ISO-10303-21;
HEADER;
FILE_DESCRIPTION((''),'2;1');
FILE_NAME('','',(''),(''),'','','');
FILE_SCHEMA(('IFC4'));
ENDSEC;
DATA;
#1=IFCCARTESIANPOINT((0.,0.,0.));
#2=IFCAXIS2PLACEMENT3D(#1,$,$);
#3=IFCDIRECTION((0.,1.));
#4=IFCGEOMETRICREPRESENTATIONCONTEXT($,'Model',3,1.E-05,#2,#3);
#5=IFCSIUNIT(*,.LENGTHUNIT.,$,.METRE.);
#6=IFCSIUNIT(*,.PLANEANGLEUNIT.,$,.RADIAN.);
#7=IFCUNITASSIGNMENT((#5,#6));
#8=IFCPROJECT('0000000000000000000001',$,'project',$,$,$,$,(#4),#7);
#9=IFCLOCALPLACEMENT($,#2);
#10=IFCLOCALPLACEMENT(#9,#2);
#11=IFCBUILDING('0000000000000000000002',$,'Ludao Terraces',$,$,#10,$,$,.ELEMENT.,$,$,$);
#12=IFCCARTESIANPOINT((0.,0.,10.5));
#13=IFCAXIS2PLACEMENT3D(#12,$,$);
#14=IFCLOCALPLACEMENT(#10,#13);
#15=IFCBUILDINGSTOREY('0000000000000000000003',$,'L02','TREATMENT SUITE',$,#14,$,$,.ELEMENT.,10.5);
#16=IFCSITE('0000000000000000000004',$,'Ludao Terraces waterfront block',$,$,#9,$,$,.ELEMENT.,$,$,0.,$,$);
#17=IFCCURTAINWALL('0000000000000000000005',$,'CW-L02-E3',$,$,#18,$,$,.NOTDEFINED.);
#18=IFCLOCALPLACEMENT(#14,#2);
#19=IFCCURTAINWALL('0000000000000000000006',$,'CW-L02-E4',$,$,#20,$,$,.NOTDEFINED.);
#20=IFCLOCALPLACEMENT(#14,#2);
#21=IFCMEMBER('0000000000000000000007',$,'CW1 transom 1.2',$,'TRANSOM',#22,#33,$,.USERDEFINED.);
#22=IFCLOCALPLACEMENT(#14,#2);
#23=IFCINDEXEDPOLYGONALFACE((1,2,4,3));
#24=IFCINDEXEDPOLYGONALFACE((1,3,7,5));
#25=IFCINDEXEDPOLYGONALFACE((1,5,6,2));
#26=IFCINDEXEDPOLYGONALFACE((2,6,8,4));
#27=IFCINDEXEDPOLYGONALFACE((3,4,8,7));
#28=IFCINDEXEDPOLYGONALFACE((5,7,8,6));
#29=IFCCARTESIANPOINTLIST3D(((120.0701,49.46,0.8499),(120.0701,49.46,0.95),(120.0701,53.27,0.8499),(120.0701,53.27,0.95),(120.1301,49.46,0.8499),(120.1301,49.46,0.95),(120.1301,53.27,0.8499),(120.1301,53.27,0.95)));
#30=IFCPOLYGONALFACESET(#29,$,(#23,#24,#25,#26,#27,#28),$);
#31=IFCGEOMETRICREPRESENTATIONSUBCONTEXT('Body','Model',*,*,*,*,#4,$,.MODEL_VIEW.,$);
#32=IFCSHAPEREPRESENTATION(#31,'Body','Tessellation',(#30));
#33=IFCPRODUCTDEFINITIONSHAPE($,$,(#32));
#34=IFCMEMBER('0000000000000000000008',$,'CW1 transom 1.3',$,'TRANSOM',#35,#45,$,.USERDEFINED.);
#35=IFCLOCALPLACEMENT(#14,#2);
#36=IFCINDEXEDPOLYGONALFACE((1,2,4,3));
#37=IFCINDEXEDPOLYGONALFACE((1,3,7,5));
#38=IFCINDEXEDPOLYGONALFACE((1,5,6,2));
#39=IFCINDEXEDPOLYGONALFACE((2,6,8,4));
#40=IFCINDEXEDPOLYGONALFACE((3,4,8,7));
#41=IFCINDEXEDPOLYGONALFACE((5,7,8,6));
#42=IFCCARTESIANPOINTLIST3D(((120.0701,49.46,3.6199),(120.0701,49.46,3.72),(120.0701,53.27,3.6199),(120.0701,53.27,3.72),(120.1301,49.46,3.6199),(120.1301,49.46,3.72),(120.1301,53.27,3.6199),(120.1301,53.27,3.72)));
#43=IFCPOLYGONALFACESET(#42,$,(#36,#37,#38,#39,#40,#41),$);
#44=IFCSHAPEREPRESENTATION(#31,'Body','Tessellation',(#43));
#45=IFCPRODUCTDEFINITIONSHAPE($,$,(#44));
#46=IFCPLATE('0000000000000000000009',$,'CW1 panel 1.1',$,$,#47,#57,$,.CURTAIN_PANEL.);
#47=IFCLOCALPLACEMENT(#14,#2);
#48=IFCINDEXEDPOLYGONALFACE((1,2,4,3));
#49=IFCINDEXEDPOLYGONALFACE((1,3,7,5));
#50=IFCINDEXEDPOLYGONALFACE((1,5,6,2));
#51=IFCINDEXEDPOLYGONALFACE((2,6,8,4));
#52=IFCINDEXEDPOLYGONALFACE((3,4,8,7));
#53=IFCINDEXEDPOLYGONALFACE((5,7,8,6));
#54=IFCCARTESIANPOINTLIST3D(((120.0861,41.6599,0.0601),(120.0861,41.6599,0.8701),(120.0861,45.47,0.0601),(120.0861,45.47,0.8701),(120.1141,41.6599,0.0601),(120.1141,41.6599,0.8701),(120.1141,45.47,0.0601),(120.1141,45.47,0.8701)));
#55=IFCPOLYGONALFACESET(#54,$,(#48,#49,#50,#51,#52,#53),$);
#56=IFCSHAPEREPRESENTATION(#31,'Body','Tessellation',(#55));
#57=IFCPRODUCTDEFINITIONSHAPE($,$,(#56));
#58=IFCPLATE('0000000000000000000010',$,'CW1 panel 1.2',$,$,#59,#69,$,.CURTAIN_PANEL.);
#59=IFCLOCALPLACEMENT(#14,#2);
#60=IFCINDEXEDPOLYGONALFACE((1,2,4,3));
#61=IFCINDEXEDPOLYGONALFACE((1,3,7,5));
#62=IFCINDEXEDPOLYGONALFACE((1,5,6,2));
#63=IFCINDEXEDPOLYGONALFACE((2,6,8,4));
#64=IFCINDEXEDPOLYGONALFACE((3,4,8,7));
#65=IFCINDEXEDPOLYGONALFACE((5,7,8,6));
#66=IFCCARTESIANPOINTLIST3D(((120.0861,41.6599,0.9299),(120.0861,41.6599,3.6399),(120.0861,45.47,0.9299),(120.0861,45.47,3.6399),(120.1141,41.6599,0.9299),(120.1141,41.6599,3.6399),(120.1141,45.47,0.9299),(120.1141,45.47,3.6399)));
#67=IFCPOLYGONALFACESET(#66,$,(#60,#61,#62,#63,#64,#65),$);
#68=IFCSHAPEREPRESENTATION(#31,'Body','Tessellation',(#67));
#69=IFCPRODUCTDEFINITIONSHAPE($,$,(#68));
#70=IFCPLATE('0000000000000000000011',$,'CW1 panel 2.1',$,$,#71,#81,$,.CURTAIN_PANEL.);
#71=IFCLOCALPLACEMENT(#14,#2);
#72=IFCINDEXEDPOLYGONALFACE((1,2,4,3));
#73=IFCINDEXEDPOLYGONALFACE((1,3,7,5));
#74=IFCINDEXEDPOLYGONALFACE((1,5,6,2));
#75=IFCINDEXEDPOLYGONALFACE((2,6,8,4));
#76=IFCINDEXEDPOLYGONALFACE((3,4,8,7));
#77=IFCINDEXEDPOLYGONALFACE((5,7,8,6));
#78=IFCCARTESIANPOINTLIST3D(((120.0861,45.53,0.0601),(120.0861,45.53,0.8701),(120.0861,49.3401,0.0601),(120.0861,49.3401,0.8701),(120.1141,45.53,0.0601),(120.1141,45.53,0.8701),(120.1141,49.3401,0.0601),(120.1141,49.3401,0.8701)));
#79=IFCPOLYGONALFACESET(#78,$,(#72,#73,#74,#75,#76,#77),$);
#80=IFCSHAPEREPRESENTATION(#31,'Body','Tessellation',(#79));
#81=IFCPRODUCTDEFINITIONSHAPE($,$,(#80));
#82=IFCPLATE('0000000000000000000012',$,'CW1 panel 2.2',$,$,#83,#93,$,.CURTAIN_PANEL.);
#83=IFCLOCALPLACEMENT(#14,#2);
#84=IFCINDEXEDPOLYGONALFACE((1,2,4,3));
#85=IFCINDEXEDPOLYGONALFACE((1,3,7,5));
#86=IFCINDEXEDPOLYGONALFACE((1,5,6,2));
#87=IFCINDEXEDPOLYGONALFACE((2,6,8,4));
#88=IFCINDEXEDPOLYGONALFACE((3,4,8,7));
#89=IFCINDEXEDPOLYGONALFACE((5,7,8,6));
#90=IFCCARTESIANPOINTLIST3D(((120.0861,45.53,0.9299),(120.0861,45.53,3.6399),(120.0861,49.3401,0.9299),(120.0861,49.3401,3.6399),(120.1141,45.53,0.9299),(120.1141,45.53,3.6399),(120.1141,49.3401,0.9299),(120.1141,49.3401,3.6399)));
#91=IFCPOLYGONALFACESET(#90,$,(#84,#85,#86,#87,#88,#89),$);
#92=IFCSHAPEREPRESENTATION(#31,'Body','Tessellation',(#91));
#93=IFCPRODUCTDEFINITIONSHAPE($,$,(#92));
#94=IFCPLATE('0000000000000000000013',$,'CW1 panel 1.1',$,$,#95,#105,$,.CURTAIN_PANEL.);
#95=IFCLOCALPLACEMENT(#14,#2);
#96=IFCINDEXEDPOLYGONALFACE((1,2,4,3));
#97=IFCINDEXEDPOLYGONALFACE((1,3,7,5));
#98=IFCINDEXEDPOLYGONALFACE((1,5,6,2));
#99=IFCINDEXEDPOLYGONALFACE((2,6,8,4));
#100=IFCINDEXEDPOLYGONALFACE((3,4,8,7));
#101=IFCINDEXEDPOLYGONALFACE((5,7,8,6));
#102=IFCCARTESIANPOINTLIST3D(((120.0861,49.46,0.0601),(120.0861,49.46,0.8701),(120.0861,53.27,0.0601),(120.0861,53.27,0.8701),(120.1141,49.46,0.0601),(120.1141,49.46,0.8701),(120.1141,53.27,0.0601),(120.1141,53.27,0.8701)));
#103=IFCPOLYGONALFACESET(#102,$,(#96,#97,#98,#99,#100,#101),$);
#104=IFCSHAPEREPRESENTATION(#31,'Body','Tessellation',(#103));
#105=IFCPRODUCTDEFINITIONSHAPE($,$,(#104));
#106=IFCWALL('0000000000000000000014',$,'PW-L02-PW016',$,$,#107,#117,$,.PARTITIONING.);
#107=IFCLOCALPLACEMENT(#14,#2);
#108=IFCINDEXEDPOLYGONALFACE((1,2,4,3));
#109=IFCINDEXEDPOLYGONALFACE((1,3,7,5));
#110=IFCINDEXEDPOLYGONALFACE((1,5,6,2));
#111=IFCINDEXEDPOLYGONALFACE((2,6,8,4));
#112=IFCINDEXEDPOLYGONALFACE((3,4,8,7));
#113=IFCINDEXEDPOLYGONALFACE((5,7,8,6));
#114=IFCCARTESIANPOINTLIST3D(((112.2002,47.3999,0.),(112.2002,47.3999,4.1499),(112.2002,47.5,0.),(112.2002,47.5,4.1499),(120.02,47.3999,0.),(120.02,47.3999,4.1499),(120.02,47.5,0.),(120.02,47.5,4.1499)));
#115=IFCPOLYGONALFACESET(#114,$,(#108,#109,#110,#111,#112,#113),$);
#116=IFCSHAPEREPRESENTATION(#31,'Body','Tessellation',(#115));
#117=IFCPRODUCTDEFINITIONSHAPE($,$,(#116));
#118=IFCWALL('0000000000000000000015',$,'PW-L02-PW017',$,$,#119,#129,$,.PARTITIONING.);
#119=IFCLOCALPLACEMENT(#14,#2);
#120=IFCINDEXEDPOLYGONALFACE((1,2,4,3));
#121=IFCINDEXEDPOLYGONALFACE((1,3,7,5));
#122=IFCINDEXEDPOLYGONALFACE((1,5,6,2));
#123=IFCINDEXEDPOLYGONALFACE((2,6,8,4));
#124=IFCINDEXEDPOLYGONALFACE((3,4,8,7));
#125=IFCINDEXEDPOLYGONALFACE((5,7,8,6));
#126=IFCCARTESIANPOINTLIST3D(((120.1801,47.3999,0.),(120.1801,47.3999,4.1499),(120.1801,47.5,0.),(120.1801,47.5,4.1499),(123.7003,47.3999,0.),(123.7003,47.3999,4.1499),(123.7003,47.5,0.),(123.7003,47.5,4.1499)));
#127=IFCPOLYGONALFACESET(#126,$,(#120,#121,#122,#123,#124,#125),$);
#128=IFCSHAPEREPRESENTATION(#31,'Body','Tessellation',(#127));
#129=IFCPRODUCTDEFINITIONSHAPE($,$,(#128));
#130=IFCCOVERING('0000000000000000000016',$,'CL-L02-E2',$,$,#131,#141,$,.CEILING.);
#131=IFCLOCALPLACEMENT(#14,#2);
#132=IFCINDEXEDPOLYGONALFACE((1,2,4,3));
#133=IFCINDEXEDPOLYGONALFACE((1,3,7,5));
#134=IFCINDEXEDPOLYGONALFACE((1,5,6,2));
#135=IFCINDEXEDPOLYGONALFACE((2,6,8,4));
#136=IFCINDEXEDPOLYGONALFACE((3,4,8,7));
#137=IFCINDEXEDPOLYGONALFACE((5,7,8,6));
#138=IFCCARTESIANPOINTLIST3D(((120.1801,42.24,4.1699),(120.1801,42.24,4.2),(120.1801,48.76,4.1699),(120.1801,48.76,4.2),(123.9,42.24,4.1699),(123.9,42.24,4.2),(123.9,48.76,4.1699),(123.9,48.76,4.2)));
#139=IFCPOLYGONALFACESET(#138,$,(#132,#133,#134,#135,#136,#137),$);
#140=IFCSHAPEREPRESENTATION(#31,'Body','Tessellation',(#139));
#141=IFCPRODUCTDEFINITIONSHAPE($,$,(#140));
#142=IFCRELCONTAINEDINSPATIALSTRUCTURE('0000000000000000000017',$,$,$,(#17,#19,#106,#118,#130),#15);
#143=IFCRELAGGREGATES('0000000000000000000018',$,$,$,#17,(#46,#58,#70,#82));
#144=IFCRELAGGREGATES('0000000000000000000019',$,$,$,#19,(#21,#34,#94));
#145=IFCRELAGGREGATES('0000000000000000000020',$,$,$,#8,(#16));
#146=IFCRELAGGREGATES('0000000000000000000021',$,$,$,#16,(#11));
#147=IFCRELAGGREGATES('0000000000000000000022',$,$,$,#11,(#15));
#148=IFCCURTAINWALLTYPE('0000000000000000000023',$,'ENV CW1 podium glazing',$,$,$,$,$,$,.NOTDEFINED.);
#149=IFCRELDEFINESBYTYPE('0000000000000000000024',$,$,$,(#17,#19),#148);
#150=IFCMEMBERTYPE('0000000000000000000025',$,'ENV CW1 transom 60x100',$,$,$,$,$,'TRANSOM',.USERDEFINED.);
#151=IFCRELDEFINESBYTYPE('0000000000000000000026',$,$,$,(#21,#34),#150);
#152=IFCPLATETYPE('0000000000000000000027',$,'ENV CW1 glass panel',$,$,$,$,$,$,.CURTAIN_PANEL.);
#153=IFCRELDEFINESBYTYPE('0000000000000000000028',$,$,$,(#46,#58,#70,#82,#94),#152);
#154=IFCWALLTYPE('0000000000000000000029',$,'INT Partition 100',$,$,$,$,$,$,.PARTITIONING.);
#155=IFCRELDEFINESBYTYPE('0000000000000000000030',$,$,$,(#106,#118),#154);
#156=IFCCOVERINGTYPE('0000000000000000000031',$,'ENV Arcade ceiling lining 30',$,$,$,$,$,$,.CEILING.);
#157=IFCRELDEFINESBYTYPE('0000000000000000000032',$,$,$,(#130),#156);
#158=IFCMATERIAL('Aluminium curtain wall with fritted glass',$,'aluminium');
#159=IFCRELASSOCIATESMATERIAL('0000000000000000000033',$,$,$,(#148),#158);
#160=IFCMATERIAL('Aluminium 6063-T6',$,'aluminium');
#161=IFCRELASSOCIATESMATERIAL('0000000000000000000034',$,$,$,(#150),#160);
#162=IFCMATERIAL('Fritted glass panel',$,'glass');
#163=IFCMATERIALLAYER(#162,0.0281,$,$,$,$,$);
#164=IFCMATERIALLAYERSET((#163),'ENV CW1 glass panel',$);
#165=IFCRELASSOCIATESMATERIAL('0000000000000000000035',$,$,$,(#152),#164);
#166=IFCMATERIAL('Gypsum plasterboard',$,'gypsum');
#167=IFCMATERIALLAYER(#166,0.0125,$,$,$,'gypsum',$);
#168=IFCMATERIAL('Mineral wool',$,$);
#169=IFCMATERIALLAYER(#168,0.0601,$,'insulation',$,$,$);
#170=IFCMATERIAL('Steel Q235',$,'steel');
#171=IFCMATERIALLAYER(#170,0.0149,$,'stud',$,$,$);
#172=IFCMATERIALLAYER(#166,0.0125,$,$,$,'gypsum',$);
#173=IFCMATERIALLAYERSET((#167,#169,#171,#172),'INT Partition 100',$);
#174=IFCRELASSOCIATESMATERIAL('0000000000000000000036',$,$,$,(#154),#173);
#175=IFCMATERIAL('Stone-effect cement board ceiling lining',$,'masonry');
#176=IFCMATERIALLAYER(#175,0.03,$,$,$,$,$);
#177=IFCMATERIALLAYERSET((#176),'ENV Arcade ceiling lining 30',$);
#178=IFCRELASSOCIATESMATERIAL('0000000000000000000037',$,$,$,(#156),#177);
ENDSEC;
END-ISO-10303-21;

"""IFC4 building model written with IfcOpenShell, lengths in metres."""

from ifc_helpers import new_model, si_unit, direction, frame, frame_2d, origin, origin_2d, place, context, subcontext, project, spatial, rectangle, extrude, material, layer, layer_set, material_profile, profile_set, type_object, element, aggregate, save


model = new_model("IFC4")

# Units and contexts
model_context = context("Model", 3, precision=1e-05, world=origin(), true_north=direction((0.0, 1.0)))
body_context = subcontext(model_context, "Body", "Model", "MODEL_VIEW")
ifc_project = project(units=[si_unit("LENGTHUNIT", "METRE"), si_unit("PLANEANGLEUNIT", "RADIAN")], contexts=[model_context])

# Site, building, storey
site_placement = place(None, origin())
site = spatial("IfcSite", under=ifc_project, at=site_placement, Name="Ludao Terraces waterfront block", CompositionType="ELEMENT", RefElevation=0.0)
building_placement = place(site_placement, origin())
building = spatial("IfcBuilding", under=site, at=building_placement, Name="Ludao Terraces", CompositionType="ELEMENT")
storey_placement = place(building_placement, frame((0.0, 0.0, 10.5)))
storey = spatial("IfcBuildingStorey", under=building, at=storey_placement, Name="L02", Description="TREATMENT SUITE", CompositionType="ELEMENT", Elevation=10.5)

# Curtain wall
ifc_material_1 = material(Name="Aluminium curtain wall with fritted glass", Category="aluminium")
curtain_wall_type = type_object("IfcCurtainWallType", Name="ENV CW1 podium glazing", PredefinedType="NOTDEFINED", material=ifc_material_1)
curtain_wall_1_placement = place(storey_placement, origin())
curtain_wall_1 = element("IfcCurtainWall", 1, at=curtain_wall_1_placement, inside=storey, type_object=curtain_wall_type, Name="CW-L02-E3", PredefinedType="NOTDEFINED")
ifc_material_2 = material(Name="Aluminium 6063-T6", Category="aluminium")

# Curtain wall
curtain_wall_2_placement = place(storey_placement, origin())
curtain_wall_2 = element("IfcCurtainWall", 2, at=curtain_wall_2_placement, inside=storey, type_object=curtain_wall_type, Name="CW-L02-E4", PredefinedType="NOTDEFINED")

# Members
ifc_material_profile_1 = material_profile(ifc_material_2, rectangle(XDim=0.0601, YDim=0.1001, at=origin_2d()), Name="60 X 100")
ifc_profile_set_1 = profile_set([ifc_material_profile_1], Name="Aluminium 6063-T6")
member_type_1 = type_object("IfcMemberType", Name="ENV CW1 transom 60x100", ElementType="TRANSOM", PredefinedType="USERDEFINED", material=ifc_profile_set_1)
member_1_placement = place(storey_placement, frame((120.1001, 49.46, 0.8999), z_axis=(0.0, 1.0, 0.0), x_axis=(-1.0, 0.0, 0.0)))
member_1 = element("IfcMember", 3, at=member_1_placement, type_object=member_type_1, Name="CW1 transom 1.2", ObjectType="TRANSOM", PredefinedType="USERDEFINED", context=body_context, shape_type="SweptSolid", body=[
    extrude(rectangle(XDim=0.0601, YDim=0.1001, at=origin_2d()), origin(), (0.0, 0.0, 1.0), 3.8101),
])
member_2_placement = place(storey_placement, frame((120.1001, 49.46, 3.6699), z_axis=(0.0, 1.0, 0.0), x_axis=(-1.0, 0.0, 0.0)))
member_2 = element("IfcMember", 4, at=member_2_placement, type_object=member_type_1, Name="CW1 transom 1.3", ObjectType="TRANSOM", PredefinedType="USERDEFINED", context=body_context, shape_type="SweptSolid", body=[
    extrude(rectangle(XDim=0.0601, YDim=0.1001, at=origin_2d()), origin(), (0.0, 0.0, 1.0), 3.8101),
])

# Plates
ifc_material_3 = material(Name="Fritted glass panel", Category="glass")
ifc_layer_1 = layer(ifc_material_3, 0.0281)
ifc_layer_set_1 = layer_set([ifc_layer_1], Name="ENV CW1 glass panel")
plate_type = type_object("IfcPlateType", Name="ENV CW1 glass panel", PredefinedType="CURTAIN_PANEL", material=ifc_layer_set_1)
plate_1_placement = place(storey_placement, frame((120.1001, 43.5649, 0.0601), z_axis=(0.0, 0.0, 1.0), x_axis=(0.0, 1.0, 0.0)))
plate_1 = element("IfcPlate", 5, at=plate_1_placement, type_object=plate_type, Name="CW1 panel 1.1", PredefinedType="CURTAIN_PANEL", context=body_context, shape_type="SweptSolid", body=[
    extrude(rectangle(XDim=3.8101, YDim=0.0281, at=origin_2d()), origin(), (0.0, 0.0, 1.0), 0.8101),
])
plate_2_placement = place(storey_placement, frame((120.1001, 43.5649, 0.9299), z_axis=(0.0, 0.0, 1.0), x_axis=(0.0, 1.0, 0.0)))
plate_2 = element("IfcPlate", 6, at=plate_2_placement, type_object=plate_type, Name="CW1 panel 1.2", PredefinedType="CURTAIN_PANEL", context=body_context, shape_type="SweptSolid", body=[
    extrude(rectangle(XDim=3.8101, YDim=0.0281, at=origin_2d()), origin(), (0.0, 0.0, 1.0), 2.71),
])
plate_3_placement = place(storey_placement, frame((120.1001, 47.4351, 0.0601), z_axis=(0.0, 0.0, 1.0), x_axis=(0.0, 1.0, 0.0)))
plate_3 = element("IfcPlate", 7, at=plate_3_placement, type_object=plate_type, Name="CW1 panel 2.1", PredefinedType="CURTAIN_PANEL", context=body_context, shape_type="SweptSolid", body=[
    extrude(rectangle(XDim=3.8101, YDim=0.0281, at=origin_2d()), origin(), (0.0, 0.0, 1.0), 0.8101),
])
plate_4_placement = place(storey_placement, frame((120.1001, 47.4351, 0.9299), z_axis=(0.0, 0.0, 1.0), x_axis=(0.0, 1.0, 0.0)))
plate_4 = element("IfcPlate", 8, at=plate_4_placement, type_object=plate_type, Name="CW1 panel 2.2", PredefinedType="CURTAIN_PANEL", context=body_context, shape_type="SweptSolid", body=[
    extrude(rectangle(XDim=3.8101, YDim=0.0281, at=origin_2d()), origin(), (0.0, 0.0, 1.0), 2.71),
])
aggregate(curtain_wall_1, [plate_1, plate_2, plate_3, plate_4])
plate_5_placement = place(storey_placement, frame((120.1001, 51.365, 0.0601), z_axis=(0.0, 0.0, 1.0), x_axis=(0.0, 1.0, 0.0)))
plate_5 = element("IfcPlate", 9, at=plate_5_placement, type_object=plate_type, Name="CW1 panel 1.1", PredefinedType="CURTAIN_PANEL", context=body_context, shape_type="SweptSolid", body=[
    extrude(rectangle(XDim=3.8101, YDim=0.0281, at=origin_2d()), origin(), (0.0, 0.0, 1.0), 0.8101),
])
aggregate(curtain_wall_2, [member_1, member_2, plate_5])

# Walls
ifc_material_4 = material(Name="Gypsum plasterboard", Category="gypsum")
ifc_layer_2 = layer(ifc_material_4, 0.0125, Category="gypsum")
ifc_material_5 = material(Name="Mineral wool")
ifc_layer_3 = layer(ifc_material_5, 0.0601, Name="insulation")
ifc_material_6 = material(Name="Steel Q235", Category="steel")
ifc_layer_4 = layer(ifc_material_6, 0.0149, Name="stud")
ifc_layer_5 = layer(ifc_material_4, 0.0125, Category="gypsum")
ifc_layer_set_2 = layer_set([ifc_layer_2, ifc_layer_3, ifc_layer_4, ifc_layer_5], Name="INT Partition 100")
wall_type = type_object("IfcWallType", Name="INT Partition 100", PredefinedType="PARTITIONING", material=ifc_layer_set_2)
wall_1_placement = place(storey_placement, frame((112.2002, 47.45, 0.0), z_axis=(0.0, 0.0, 1.0), x_axis=(1.0, 0.0, 0.0)))
element("IfcWall", 10, at=wall_1_placement, inside=storey, type_object=wall_type, Name="PW-L02-PW016", PredefinedType="PARTITIONING", context=body_context, shape_type="SweptSolid", body=[
    extrude(rectangle(XDim=7.8198, YDim=0.1001, at=frame_2d((3.9099, 0.0))), origin(), (0.0, 0.0, 1.0), 4.1499),
])
wall_2_placement = place(storey_placement, frame((120.1799, 47.45, 0.0), z_axis=(0.0, 0.0, 1.0), x_axis=(1.0, 0.0, 0.0)))
element("IfcWall", 11, at=wall_2_placement, inside=storey, type_object=wall_type, Name="PW-L02-PW017", PredefinedType="PARTITIONING", context=body_context, shape_type="SweptSolid", body=[
    extrude(rectangle(XDim=3.5203, YDim=0.1001, at=frame_2d((1.7603, 0.0))), origin(), (0.0, 0.0, 1.0), 4.1499),
])

# Covering
ifc_material_7 = material(Name="Stone-effect cement board ceiling lining", Category="masonry")
ifc_layer_6 = layer(ifc_material_7, 0.03)
ifc_layer_set_3 = layer_set([ifc_layer_6], Name="ENV Arcade ceiling lining 30")
covering_type = type_object("IfcCoveringType", Name="ENV Arcade ceiling lining 30", PredefinedType="CEILING", material=ifc_layer_set_3)
covering_placement = place(storey_placement, frame((122.04, 45.5, 4.1699), z_axis=(0.0, 0.0, 1.0), x_axis=(1.0, 0.0, 0.0)))
element("IfcCovering", 12, at=covering_placement, inside=storey, type_object=covering_type, Name="CL-L02-E2", PredefinedType="CEILING", context=body_context, shape_type="SweptSolid", body=[
    extrude(rectangle(XDim=3.72, YDim=6.52, at=origin_2d()), origin(), (0.0, 0.0, 1.0), 0.03),
])

save(model, "model.ifc")
